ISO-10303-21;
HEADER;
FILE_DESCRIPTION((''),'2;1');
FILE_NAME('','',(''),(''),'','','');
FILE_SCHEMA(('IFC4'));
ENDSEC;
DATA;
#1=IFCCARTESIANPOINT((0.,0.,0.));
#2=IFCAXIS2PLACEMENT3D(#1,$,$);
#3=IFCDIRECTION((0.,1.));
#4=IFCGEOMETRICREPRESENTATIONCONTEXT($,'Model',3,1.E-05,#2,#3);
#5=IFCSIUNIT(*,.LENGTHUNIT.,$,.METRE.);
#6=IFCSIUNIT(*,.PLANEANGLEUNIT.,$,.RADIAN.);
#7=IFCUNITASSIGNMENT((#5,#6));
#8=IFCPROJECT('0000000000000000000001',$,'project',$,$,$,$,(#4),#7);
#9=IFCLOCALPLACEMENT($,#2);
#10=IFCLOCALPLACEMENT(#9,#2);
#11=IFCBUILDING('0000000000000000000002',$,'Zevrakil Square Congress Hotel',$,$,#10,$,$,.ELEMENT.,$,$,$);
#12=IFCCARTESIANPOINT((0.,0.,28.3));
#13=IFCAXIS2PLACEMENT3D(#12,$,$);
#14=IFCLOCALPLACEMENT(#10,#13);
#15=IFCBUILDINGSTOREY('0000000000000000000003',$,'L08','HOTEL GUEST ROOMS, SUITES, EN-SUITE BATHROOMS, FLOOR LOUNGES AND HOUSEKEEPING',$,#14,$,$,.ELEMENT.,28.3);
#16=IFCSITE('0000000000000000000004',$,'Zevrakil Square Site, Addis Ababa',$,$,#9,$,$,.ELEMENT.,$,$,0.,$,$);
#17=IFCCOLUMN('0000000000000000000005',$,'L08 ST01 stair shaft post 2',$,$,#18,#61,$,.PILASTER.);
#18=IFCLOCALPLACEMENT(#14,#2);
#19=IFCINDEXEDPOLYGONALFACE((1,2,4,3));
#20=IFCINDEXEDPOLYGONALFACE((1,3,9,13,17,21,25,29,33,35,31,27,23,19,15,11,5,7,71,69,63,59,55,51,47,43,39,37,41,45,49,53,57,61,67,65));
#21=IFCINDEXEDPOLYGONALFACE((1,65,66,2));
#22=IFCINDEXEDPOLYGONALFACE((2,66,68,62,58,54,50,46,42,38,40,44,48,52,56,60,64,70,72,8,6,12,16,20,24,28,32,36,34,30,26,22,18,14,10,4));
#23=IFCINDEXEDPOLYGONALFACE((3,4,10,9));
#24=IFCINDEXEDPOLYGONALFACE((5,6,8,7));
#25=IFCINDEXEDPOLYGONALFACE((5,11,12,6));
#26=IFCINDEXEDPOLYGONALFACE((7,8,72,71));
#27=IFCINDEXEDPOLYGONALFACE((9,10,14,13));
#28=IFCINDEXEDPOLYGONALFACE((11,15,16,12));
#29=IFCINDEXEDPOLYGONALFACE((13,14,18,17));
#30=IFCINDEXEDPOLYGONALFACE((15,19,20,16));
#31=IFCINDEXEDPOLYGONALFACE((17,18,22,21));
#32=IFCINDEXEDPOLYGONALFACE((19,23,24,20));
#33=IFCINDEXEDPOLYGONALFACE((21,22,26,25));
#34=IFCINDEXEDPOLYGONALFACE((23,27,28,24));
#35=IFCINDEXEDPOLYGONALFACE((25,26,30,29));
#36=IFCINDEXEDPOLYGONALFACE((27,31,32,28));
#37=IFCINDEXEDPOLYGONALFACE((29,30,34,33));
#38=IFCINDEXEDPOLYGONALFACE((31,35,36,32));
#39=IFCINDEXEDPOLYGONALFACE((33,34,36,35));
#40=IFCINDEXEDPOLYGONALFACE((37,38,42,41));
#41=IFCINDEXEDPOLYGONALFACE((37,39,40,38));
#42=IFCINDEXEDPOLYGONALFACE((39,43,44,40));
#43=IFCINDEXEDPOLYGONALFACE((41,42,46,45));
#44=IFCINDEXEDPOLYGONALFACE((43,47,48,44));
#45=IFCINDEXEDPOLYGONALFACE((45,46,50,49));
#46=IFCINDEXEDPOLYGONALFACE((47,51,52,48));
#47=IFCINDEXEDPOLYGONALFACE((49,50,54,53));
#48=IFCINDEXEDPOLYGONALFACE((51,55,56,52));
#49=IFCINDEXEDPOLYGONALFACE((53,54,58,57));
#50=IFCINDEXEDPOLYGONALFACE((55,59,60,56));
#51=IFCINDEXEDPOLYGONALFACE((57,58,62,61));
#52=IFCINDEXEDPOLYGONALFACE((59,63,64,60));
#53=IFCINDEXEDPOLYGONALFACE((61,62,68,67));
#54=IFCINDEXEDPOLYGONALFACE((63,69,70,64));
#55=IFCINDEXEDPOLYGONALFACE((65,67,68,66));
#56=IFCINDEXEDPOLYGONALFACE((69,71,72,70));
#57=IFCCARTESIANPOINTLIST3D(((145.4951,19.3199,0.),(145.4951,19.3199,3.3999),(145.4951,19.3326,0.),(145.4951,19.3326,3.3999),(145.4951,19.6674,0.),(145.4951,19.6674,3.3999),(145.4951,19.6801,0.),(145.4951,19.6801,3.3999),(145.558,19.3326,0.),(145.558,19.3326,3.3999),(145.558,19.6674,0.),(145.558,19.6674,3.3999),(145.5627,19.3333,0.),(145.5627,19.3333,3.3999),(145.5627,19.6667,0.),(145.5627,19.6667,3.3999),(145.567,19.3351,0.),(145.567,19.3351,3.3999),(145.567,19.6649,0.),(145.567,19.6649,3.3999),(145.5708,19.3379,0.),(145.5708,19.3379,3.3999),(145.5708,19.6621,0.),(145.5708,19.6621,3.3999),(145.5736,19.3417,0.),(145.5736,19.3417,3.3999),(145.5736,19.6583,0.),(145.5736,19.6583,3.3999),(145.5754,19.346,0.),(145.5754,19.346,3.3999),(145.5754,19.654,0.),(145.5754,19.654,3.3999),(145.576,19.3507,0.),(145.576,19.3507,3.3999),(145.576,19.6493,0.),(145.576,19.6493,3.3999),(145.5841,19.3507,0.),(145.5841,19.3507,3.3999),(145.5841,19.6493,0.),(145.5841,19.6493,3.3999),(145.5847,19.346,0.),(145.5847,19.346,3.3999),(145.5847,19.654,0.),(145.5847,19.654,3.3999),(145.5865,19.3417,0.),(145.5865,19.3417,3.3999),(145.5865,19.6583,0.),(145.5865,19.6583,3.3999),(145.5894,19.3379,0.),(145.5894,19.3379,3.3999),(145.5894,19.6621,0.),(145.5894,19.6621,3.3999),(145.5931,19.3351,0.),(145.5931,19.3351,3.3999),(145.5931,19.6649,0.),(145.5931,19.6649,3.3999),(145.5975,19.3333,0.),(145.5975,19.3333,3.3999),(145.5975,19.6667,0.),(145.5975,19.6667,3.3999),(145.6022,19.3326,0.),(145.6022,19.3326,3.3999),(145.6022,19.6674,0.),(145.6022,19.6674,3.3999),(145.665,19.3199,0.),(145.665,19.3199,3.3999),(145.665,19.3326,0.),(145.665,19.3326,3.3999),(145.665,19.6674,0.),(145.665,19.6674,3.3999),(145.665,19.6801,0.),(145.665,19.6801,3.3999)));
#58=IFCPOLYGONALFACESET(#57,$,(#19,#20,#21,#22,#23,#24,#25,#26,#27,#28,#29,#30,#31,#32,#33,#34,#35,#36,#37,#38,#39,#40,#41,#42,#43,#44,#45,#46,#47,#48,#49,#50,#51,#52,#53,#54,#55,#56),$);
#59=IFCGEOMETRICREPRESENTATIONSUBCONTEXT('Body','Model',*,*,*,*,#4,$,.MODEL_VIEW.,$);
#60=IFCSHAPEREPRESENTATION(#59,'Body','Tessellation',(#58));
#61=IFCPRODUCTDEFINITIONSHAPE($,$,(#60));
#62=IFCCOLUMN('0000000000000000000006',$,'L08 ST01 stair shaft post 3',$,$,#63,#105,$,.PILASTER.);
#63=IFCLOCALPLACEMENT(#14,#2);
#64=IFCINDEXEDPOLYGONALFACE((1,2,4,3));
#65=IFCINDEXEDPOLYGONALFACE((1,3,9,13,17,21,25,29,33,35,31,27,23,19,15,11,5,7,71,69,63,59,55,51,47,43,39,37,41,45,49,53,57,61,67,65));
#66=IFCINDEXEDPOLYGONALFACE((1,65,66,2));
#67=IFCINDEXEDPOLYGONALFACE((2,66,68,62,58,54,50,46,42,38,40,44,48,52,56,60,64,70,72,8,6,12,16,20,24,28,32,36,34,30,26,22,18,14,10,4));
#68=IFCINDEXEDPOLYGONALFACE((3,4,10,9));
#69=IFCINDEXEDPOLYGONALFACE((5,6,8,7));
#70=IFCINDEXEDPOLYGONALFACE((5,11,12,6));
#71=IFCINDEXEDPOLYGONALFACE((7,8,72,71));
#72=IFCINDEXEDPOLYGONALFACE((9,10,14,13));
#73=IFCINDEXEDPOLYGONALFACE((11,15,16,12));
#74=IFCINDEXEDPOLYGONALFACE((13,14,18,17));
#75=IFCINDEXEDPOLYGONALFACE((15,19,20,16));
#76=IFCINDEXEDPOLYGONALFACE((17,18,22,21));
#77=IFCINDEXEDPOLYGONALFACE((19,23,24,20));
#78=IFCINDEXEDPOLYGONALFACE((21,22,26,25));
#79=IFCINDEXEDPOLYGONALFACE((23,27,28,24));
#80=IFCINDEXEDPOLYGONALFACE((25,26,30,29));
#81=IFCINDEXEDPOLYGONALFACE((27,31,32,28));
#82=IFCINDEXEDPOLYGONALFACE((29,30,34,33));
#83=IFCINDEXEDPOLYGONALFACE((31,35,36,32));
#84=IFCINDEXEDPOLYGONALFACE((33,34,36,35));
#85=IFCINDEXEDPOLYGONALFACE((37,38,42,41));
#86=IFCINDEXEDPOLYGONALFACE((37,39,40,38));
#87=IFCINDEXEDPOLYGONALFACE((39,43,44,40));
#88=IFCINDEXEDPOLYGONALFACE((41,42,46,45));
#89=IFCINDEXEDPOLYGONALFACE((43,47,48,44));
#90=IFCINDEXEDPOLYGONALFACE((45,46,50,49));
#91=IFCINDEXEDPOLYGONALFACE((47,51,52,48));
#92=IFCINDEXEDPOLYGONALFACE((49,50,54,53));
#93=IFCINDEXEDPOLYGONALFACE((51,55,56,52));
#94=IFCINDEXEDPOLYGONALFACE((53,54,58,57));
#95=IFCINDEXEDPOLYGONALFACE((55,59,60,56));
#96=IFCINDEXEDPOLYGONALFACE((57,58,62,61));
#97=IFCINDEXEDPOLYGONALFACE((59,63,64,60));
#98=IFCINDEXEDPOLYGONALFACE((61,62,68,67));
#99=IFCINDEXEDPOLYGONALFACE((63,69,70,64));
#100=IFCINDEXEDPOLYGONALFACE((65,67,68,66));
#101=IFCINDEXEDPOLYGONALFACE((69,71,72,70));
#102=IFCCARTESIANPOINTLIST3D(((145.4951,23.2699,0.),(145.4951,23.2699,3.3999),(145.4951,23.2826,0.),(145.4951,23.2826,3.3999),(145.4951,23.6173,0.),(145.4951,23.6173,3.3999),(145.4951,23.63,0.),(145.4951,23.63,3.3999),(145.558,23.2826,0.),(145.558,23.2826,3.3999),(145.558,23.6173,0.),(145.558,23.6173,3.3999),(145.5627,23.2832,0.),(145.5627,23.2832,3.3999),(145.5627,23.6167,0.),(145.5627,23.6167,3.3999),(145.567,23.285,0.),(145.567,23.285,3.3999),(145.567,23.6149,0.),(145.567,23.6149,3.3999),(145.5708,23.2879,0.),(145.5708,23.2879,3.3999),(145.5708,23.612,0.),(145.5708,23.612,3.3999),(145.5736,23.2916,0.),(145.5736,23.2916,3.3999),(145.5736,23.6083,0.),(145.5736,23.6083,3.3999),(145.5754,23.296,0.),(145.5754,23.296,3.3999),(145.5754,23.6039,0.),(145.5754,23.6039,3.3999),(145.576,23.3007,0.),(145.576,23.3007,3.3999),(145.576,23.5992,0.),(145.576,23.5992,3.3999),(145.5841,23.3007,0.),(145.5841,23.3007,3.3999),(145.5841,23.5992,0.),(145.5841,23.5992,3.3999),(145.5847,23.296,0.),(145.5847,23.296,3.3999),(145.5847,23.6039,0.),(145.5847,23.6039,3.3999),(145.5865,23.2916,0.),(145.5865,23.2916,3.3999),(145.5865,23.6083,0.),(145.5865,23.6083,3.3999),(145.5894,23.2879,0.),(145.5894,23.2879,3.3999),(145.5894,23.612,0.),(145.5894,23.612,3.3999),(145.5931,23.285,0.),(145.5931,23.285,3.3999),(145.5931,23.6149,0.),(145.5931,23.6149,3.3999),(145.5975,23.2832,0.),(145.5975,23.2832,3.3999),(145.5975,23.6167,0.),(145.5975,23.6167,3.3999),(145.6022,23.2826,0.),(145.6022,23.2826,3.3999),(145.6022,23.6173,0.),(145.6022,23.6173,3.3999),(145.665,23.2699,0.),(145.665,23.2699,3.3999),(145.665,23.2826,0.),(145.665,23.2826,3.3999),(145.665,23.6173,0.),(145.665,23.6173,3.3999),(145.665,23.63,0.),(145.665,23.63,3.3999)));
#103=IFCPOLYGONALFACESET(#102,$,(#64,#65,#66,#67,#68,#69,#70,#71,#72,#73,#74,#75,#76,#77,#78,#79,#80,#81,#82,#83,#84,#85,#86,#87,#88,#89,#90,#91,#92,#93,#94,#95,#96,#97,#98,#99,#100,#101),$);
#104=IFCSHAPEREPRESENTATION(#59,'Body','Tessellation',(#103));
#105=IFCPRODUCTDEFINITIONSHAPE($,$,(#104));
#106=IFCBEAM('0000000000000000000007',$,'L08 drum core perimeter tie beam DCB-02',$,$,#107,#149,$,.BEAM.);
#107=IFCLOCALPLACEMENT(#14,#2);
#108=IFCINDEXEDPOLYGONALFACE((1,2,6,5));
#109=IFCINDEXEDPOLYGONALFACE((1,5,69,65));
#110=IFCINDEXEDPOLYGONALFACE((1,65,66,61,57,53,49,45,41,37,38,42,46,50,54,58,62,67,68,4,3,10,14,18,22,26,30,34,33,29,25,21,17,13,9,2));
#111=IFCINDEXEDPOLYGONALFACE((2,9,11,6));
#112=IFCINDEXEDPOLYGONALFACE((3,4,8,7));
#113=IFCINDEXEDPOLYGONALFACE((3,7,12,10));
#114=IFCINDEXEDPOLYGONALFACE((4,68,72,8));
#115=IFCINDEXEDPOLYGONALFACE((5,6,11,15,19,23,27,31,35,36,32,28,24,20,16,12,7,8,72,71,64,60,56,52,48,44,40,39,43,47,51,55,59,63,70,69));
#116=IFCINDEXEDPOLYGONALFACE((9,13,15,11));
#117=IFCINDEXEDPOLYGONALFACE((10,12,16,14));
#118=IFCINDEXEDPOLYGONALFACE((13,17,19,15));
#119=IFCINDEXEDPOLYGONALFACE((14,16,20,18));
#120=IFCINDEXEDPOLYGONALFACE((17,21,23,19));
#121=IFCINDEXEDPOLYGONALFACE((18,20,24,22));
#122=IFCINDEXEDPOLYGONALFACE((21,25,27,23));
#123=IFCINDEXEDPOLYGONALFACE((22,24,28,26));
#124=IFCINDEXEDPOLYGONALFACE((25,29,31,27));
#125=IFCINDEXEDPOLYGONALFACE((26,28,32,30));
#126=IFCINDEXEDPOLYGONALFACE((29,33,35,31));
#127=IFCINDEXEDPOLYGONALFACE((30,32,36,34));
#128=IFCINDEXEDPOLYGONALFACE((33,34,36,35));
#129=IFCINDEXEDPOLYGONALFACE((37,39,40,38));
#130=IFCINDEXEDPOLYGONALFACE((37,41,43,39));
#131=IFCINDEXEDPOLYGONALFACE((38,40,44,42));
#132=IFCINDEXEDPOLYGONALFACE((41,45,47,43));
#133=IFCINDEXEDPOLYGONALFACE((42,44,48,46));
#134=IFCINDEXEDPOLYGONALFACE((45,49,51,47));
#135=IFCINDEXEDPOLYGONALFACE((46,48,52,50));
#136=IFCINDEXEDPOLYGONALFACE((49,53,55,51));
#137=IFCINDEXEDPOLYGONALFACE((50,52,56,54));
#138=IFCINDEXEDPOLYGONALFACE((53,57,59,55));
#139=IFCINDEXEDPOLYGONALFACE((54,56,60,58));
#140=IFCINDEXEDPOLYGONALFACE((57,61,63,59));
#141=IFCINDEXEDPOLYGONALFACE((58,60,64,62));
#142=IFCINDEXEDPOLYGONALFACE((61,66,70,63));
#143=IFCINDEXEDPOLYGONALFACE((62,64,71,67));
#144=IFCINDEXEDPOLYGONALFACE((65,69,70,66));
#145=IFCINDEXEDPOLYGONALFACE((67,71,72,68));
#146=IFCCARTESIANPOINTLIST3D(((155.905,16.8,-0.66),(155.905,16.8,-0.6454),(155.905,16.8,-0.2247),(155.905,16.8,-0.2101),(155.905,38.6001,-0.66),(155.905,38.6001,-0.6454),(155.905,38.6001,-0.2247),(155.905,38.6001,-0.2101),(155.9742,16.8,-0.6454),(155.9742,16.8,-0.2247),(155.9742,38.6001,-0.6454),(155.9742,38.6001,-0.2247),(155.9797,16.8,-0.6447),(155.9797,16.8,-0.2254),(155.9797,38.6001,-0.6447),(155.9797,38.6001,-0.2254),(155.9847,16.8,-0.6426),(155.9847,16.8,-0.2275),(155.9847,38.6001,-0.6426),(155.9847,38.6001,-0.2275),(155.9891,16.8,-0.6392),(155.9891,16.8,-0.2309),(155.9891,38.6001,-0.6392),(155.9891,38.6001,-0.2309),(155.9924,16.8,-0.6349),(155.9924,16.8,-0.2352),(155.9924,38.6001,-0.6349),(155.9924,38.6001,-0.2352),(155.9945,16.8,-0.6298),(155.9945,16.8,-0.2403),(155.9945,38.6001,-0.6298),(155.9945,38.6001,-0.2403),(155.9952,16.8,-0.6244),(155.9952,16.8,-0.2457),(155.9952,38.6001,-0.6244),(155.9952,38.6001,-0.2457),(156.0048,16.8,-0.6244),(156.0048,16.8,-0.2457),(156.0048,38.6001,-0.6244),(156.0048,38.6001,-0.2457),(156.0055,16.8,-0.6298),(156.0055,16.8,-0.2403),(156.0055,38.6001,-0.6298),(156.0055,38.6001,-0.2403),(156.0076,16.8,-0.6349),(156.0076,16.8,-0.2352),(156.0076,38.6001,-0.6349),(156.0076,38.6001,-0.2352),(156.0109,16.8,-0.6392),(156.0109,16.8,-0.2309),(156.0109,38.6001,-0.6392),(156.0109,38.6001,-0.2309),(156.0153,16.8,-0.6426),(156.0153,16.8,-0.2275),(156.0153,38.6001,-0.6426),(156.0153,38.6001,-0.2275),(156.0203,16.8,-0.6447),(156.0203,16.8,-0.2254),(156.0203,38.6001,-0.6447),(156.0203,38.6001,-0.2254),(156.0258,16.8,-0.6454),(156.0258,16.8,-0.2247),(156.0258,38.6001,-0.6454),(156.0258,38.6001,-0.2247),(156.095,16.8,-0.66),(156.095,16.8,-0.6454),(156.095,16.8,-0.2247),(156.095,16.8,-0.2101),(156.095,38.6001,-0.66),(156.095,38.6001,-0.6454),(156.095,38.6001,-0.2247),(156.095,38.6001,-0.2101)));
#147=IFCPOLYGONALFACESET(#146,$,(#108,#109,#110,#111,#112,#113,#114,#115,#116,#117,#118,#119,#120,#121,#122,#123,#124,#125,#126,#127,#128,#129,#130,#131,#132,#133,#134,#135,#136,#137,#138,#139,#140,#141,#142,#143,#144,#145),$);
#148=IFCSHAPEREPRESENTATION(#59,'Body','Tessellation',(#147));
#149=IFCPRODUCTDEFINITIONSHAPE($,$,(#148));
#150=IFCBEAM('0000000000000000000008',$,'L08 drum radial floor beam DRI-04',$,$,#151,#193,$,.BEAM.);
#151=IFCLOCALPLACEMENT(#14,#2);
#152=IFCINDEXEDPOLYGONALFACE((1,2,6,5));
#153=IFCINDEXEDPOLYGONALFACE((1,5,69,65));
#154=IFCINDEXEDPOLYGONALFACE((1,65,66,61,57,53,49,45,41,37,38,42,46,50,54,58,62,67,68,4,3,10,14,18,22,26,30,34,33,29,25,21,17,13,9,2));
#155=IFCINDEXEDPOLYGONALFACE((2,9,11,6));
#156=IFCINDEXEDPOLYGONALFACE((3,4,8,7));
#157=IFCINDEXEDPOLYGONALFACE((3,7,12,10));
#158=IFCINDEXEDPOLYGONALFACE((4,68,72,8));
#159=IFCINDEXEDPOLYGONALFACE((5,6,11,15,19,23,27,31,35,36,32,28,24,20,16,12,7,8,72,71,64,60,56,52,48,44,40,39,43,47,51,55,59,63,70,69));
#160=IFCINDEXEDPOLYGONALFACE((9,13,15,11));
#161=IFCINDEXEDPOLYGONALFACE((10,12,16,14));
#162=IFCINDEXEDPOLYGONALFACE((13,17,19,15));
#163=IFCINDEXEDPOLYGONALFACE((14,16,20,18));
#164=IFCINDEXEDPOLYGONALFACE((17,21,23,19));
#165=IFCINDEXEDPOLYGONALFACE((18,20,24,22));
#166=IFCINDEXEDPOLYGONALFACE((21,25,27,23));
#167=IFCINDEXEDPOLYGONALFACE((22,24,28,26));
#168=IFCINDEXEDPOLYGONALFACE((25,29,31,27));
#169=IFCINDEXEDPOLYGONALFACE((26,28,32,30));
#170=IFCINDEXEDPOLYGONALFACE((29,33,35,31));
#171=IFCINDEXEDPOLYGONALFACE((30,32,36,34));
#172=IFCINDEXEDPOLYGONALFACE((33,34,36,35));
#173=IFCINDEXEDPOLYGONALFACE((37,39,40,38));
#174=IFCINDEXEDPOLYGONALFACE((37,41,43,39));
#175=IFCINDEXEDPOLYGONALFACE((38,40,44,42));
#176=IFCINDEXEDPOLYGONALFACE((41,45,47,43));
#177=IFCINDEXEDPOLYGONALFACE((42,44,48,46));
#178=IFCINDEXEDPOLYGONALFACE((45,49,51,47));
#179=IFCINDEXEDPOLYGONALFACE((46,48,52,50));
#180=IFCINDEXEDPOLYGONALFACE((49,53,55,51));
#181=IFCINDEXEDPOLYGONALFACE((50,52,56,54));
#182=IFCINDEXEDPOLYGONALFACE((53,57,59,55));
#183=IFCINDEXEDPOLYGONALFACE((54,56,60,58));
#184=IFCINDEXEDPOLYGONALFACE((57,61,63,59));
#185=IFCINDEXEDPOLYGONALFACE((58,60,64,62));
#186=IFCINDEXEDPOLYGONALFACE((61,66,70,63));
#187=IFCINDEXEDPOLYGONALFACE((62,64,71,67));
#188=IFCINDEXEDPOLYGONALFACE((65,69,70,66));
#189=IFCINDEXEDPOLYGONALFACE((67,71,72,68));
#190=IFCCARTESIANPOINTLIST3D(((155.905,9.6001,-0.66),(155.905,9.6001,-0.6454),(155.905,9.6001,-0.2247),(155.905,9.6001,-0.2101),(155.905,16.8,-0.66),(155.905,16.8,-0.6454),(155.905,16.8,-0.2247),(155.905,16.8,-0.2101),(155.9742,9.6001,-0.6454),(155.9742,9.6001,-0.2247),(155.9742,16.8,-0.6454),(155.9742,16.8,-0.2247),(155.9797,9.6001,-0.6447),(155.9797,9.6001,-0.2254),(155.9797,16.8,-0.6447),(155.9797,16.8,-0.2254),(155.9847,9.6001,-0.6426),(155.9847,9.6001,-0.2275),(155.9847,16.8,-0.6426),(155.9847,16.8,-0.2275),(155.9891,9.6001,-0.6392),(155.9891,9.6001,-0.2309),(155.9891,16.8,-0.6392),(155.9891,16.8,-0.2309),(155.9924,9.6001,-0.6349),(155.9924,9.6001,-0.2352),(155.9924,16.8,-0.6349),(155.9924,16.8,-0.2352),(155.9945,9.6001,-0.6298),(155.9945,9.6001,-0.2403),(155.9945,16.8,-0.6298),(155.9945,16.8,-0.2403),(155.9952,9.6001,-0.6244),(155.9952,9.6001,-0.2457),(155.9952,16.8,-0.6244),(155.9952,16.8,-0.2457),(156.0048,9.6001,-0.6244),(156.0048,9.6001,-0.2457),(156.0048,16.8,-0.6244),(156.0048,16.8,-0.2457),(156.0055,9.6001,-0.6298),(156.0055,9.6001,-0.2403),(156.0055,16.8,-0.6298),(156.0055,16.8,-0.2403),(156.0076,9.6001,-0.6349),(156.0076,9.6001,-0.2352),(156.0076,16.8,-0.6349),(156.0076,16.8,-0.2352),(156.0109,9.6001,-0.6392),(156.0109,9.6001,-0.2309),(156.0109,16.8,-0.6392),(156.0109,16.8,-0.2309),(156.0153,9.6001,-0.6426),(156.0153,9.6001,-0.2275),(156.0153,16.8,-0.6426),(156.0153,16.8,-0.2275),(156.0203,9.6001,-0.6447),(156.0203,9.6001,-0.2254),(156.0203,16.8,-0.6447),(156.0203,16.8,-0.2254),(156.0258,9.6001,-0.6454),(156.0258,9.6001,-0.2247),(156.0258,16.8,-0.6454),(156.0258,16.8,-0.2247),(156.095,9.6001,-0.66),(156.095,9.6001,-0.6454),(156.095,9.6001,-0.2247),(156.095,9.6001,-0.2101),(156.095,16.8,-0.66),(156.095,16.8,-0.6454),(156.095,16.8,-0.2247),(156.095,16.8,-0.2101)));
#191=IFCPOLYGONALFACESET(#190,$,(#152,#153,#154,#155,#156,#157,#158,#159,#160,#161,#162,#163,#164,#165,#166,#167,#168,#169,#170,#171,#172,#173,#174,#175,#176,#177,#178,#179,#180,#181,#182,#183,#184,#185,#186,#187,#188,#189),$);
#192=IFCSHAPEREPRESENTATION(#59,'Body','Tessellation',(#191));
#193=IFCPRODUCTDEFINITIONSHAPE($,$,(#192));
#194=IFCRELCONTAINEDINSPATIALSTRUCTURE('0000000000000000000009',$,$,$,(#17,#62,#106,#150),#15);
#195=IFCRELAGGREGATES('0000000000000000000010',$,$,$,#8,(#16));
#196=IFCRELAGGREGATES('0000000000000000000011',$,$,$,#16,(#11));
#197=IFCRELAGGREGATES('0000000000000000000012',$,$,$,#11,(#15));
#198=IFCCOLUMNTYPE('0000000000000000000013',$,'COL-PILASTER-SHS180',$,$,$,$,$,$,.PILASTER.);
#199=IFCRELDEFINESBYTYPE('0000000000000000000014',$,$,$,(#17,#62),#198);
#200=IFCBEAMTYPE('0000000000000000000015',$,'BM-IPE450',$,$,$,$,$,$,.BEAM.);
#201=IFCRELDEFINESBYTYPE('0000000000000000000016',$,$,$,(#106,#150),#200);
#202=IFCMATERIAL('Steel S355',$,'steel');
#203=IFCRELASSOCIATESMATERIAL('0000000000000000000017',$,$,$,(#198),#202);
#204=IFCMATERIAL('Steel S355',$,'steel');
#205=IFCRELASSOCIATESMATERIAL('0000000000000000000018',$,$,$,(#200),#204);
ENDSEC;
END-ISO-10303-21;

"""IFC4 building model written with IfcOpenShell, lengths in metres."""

from ifc_helpers import new_model, si_unit, direction, frame, origin, origin_2d, place, context, subcontext, project, spatial, i_section, extrude, material, material_profile, profile_set, type_object, element, save


model = new_model("IFC4")

# Units and contexts
model_context = context("Model", 3, precision=1e-05, world=origin(), true_north=direction((0.0, 1.0)))
body_context = subcontext(model_context, "Body", "Model", "MODEL_VIEW")
ifc_project = project(units=[si_unit("LENGTHUNIT", "METRE"), si_unit("PLANEANGLEUNIT", "RADIAN")], contexts=[model_context])

# Site, building, storey
site_placement = place(None, origin())
site = spatial("IfcSite", under=ifc_project, at=site_placement, Name="Zevrakil Square Site, Addis Ababa", CompositionType="ELEMENT", RefElevation=0.0)
building_placement = place(site_placement, origin())
building = spatial("IfcBuilding", under=site, at=building_placement, Name="Zevrakil Square Congress Hotel", CompositionType="ELEMENT")
storey_placement = place(building_placement, frame((0.0, 0.0, 28.3)))
storey = spatial("IfcBuildingStorey", under=building, at=storey_placement, Name="L08", Description="HOTEL GUEST ROOMS, SUITES, EN-SUITE BATHROOMS, FLOOR LOUNGES AND HOUSEKEEPING", CompositionType="ELEMENT", Elevation=28.3)

# Columns
ifc_material_1 = material(Name="Steel S355", Category="steel")
ifc_material_profile_1 = material_profile(ifc_material_1, i_section(OverallWidth=0.1699, OverallDepth=0.3601, WebThickness=0.0081, FlangeThickness=0.0127, FilletRadius=0.0181, at=origin_2d()), Name="IPE 360")
ifc_profile_set_1 = profile_set([ifc_material_profile_1], Name="Steel S355")
column_type = type_object("IfcColumnType", Name="COL-PILASTER-SHS180", PredefinedType="PILASTER", material=ifc_profile_set_1)
for number, where, z_axis, x_axis, name in (
    (1, (145.5801, 19.5, 0.0), (0.0, 0.0, 1.0), (1.0, 0.0, 0.0), "L08 ST01 stair shaft post 2"),
    (2, (145.5801, 23.45, 0.0), (0.0, 0.0, 1.0), (1.0, 0.0, 0.0), "L08 ST01 stair shaft post 3"),
):
    element("IfcColumn", number, at=place(storey_placement, frame(where, z_axis=z_axis, x_axis=x_axis)), inside=storey, type_object=column_type, Name=name, PredefinedType="PILASTER", context=body_context, shape_type="SweptSolid", body=[
        extrude(i_section(OverallWidth=0.1699, OverallDepth=0.3601, WebThickness=0.0081, FlangeThickness=0.0127, FilletRadius=0.0181, at=origin_2d()), origin(), (0.0, 0.0, 1.0), 3.3999),
    ])

# Beams
ifc_material_2 = material(Name="Steel S355", Category="steel")
ifc_material_profile_2 = material_profile(ifc_material_2, i_section(OverallWidth=0.1899, OverallDepth=0.45, WebThickness=0.0095, FlangeThickness=0.0146, FilletRadius=0.021, at=origin_2d()), Name="IPE 450")
ifc_profile_set_2 = profile_set([ifc_material_profile_2], Name="Steel S355")
beam_type = type_object("IfcBeamType", Name="BM-IPE450", PredefinedType="BEAM", material=ifc_profile_set_2)
beam_placement = place(storey_placement, frame((156.0, 16.8, -0.4351), z_axis=(0.0, 1.0, 0.0), x_axis=(-1.0, 0.0, 0.0)))
element("IfcBeam", 3, at=beam_placement, inside=storey, type_object=beam_type, Name="L08 drum core perimeter tie beam DCB-02", PredefinedType="BEAM", context=body_context, shape_type="SweptSolid", body=[
    extrude(i_section(OverallWidth=0.1899, OverallDepth=0.45, WebThickness=0.0095, FlangeThickness=0.0146, FilletRadius=0.021, at=origin_2d()), origin(), (0.0, 0.0, 1.0), 21.8),
])
for number, where, z_axis, x_axis, name in (
    (4, (156.0, 16.8, -0.4351), (0.0, -1.0, 0.0), (1.0, 0.0, 0.0), "L08 drum radial floor beam DRI-04"),
):
    element("IfcBeam", number, at=place(storey_placement, frame(where, z_axis=z_axis, x_axis=x_axis)), inside=storey, type_object=beam_type, Name=name, PredefinedType="BEAM", context=body_context, shape_type="SweptSolid", body=[
        extrude(i_section(OverallWidth=0.1899, OverallDepth=0.45, WebThickness=0.0095, FlangeThickness=0.0146, FilletRadius=0.021, at=origin_2d()), origin(), (0.0, 0.0, 1.0), 7.2),
    ])

save(model, "model.ifc")
